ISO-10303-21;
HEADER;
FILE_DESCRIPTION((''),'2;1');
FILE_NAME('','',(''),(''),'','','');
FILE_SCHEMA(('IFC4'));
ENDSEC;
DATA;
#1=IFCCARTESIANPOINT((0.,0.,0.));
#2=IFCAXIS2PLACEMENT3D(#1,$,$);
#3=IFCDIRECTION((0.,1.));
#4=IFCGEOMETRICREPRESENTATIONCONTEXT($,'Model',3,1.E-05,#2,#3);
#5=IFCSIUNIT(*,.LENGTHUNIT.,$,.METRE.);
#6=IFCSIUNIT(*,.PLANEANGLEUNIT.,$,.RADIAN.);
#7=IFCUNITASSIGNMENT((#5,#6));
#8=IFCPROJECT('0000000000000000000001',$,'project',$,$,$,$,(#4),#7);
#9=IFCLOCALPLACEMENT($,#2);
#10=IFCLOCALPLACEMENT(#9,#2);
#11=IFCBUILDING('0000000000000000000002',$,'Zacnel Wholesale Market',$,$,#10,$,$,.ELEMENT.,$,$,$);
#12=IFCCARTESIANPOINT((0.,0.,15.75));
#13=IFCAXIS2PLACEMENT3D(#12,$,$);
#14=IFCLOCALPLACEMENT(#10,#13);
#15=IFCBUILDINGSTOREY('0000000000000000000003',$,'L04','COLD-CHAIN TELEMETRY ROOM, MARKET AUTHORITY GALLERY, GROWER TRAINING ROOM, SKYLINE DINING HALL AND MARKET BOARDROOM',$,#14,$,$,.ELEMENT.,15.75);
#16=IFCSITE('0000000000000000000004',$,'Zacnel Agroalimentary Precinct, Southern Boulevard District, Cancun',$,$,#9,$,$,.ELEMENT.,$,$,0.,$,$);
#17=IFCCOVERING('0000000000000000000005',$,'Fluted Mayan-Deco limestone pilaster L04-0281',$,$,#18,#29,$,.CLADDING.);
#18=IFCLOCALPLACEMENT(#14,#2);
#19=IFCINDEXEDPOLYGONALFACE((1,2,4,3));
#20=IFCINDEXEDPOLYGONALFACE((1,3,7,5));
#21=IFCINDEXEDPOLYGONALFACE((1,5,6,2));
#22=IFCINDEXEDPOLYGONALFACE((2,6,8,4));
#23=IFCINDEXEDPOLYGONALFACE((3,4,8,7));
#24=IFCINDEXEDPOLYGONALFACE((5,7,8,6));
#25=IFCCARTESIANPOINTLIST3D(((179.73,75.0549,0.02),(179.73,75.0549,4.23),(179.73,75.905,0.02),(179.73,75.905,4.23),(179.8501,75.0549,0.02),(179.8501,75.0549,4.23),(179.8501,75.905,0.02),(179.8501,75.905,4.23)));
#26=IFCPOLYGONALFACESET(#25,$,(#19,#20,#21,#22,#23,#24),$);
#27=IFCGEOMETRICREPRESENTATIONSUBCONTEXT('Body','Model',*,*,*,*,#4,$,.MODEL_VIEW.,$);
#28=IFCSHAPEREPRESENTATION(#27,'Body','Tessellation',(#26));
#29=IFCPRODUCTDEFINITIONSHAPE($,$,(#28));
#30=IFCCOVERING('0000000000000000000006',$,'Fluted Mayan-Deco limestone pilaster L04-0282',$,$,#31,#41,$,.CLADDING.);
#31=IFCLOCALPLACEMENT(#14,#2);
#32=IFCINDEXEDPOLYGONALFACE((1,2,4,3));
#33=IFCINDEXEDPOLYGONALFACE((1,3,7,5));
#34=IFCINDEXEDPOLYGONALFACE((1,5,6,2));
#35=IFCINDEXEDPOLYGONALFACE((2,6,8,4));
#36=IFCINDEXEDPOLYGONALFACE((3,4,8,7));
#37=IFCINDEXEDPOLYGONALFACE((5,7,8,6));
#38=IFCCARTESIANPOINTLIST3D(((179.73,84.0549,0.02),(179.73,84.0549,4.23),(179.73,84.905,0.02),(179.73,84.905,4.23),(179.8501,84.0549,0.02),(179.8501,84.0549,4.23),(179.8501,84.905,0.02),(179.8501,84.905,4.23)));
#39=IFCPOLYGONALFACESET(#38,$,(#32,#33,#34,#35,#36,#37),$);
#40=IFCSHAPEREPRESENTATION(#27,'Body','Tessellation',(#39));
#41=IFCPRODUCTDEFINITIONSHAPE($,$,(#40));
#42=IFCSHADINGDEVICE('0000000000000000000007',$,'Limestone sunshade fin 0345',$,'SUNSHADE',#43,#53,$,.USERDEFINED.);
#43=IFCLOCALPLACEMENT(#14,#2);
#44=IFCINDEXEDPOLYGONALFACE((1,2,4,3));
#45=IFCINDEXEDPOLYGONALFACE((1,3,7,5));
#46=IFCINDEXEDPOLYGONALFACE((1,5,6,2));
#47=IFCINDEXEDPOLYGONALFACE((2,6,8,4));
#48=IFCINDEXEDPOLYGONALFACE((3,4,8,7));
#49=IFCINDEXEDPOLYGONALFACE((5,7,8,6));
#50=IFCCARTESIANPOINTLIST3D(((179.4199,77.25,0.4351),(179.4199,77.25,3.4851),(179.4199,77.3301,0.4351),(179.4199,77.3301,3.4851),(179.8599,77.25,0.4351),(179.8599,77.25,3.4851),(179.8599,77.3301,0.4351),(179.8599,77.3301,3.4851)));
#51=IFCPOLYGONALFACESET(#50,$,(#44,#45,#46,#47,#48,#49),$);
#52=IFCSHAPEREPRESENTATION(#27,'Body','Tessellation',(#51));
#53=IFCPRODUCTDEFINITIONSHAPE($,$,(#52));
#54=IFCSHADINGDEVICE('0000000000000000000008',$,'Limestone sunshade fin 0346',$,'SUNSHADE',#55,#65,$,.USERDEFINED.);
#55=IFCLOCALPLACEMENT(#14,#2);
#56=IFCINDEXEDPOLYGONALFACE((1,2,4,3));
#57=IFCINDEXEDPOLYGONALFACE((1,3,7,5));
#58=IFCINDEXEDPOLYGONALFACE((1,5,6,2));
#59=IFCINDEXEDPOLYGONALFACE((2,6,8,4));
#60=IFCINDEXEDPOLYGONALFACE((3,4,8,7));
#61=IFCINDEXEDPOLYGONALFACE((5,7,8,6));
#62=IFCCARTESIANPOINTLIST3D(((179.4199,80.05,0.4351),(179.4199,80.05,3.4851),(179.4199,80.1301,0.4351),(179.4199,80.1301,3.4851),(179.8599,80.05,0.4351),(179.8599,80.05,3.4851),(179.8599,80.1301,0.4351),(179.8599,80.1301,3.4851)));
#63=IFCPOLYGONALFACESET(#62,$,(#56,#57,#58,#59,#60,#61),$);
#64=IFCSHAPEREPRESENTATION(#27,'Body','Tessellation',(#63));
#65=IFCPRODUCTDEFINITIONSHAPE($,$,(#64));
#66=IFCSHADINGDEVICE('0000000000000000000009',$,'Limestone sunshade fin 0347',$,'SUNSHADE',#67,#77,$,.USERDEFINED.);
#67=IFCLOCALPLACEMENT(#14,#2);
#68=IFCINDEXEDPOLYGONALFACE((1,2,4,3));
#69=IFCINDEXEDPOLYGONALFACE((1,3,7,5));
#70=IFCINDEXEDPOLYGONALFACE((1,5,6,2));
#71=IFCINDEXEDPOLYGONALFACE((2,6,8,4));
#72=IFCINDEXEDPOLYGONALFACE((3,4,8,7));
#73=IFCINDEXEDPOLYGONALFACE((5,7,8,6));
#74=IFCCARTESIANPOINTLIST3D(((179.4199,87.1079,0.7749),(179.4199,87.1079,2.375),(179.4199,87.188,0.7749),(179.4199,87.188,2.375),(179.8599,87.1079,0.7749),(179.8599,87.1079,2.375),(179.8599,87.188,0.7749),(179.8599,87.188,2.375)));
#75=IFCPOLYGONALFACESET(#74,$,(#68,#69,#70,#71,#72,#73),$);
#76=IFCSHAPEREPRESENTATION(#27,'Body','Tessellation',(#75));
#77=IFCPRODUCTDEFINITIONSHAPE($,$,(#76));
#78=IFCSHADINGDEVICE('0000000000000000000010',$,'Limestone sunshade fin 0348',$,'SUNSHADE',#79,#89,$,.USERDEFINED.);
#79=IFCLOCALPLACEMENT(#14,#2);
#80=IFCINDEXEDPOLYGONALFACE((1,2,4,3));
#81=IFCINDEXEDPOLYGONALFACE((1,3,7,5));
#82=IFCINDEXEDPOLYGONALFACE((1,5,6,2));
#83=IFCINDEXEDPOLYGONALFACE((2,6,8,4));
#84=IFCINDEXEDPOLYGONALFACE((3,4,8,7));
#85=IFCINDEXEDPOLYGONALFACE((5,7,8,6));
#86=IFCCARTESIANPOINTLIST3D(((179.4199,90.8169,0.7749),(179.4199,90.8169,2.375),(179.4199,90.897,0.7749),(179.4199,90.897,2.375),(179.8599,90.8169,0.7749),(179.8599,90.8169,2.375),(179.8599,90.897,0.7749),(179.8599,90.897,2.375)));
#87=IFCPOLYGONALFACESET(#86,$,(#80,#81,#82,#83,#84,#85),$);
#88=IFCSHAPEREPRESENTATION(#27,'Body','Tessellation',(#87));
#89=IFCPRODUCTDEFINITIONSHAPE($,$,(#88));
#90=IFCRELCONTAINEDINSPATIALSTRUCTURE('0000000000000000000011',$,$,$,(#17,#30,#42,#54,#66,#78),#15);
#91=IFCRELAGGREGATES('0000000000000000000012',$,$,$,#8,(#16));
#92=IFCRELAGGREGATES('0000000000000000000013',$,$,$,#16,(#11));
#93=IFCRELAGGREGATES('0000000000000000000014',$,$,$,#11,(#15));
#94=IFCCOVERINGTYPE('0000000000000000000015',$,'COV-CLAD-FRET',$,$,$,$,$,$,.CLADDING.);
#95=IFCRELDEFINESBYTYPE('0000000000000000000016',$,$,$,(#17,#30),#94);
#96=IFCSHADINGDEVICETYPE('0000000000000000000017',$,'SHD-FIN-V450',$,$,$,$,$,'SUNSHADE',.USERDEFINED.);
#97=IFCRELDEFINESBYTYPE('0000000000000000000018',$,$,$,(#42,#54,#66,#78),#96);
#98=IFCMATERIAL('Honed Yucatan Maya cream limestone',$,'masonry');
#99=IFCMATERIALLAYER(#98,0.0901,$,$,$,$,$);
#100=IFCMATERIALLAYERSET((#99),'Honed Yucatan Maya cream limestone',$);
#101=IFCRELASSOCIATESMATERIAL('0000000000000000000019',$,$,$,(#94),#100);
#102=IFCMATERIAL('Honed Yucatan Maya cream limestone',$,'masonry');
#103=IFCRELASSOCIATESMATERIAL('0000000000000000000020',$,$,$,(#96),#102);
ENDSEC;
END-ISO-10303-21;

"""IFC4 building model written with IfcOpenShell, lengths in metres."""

from ifc_helpers import new_model, si_unit, direction, frame, origin, origin_2d, place, context, subcontext, project, spatial, rectangle, extrude, material, layer, layer_set, type_object, element, save


model = new_model("IFC4")

# Units and contexts
model_context = context("Model", 3, precision=1e-05, world=origin(), true_north=direction((0.0, 1.0)))
body_context = subcontext(model_context, "Body", "Model", "MODEL_VIEW")
ifc_project = project(units=[si_unit("LENGTHUNIT", "METRE"), si_unit("PLANEANGLEUNIT", "RADIAN")], contexts=[model_context])

# Site, building, storey
site_placement = place(None, origin())
site = spatial("IfcSite", under=ifc_project, at=site_placement, Name="Zacnel Agroalimentary Precinct, Southern Boulevard District, Cancun", CompositionType="ELEMENT", RefElevation=0.0)
building_placement = place(site_placement, origin())
building = spatial("IfcBuilding", under=site, at=building_placement, Name="Zacnel Wholesale Market", CompositionType="ELEMENT")
storey_placement = place(building_placement, frame((0.0, 0.0, 15.75)))
storey = spatial("IfcBuildingStorey", under=building, at=storey_placement, Name="L04", Description="COLD-CHAIN TELEMETRY ROOM, MARKET AUTHORITY GALLERY, GROWER TRAINING ROOM, SKYLINE DINING HALL AND MARKET BOARDROOM", CompositionType="ELEMENT", Elevation=15.75)

# Coverings
ifc_material_1 = material(Name="Honed Yucatan Maya cream limestone", Category="masonry")
ifc_layer_1 = layer(ifc_material_1, 0.0901)
ifc_layer_set_1 = layer_set([ifc_layer_1], Name="Honed Yucatan Maya cream limestone")
covering_type = type_object("IfcCoveringType", Name="COV-CLAD-FRET", PredefinedType="CLADDING", material=ifc_layer_set_1)
for number, where, z_axis, x_axis, name in (
    (1, (179.79, 75.48, 0.02), (0.0, 0.0, 1.0), (0.0, 1.0, 0.0), "Fluted Mayan-Deco limestone pilaster L04-0281"),
    (2, (179.79, 84.48, 0.02), (0.0, 0.0, 1.0), (0.0, 1.0, 0.0), "Fluted Mayan-Deco limestone pilaster L04-0282"),
):
    element("IfcCovering", number, at=place(storey_placement, frame(where, z_axis=z_axis, x_axis=x_axis)), inside=storey, type_object=covering_type, Name=name, PredefinedType="CLADDING", context=body_context, shape_type="SweptSolid", body=[
        extrude(rectangle(XDim=0.8501, YDim=0.1201, at=origin_2d()), origin(), (0.0, 0.0, 1.0), 4.21),
    ])

# Shading devices
ifc_material_2 = material(Name="Honed Yucatan Maya cream limestone", Category="masonry")
shading_device_type = type_object("IfcShadingDeviceType", Name="SHD-FIN-V450", ElementType="SUNSHADE", PredefinedType="USERDEFINED", material=ifc_material_2)
for number, where, z_axis, x_axis, name in (
    (3, (179.6399, 77.29, 0.4351), (0.0, 0.0, 1.0), (0.0, 1.0, 0.0), "Limestone sunshade fin 0345"),
    (4, (179.6399, 80.0901, 0.4351), (0.0, 0.0, 1.0), (0.0, 1.0, 0.0), "Limestone sunshade fin 0346"),
):
    element("IfcShadingDevice", number, at=place(storey_placement, frame(where, z_axis=z_axis, x_axis=x_axis)), inside=storey, type_object=shading_device_type, Name=name, ObjectType="SUNSHADE", PredefinedType="USERDEFINED", context=body_context, shape_type="SweptSolid", body=[
        extrude(rectangle(XDim=0.0801, YDim=0.4399, at=origin_2d()), origin(), (0.0, 0.0, 1.0), 3.05),
    ])
for number, where, z_axis, x_axis, name in (
    (5, (179.6399, 87.1479, 0.7749), (0.0, 0.0, 1.0), (0.0, 1.0, 0.0), "Limestone sunshade fin 0347"),
    (6, (179.6399, 90.8569, 0.7749), (0.0, 0.0, 1.0), (0.0, 1.0, 0.0), "Limestone sunshade fin 0348"),
):
    element("IfcShadingDevice", number, at=place(storey_placement, frame(where, z_axis=z_axis, x_axis=x_axis)), inside=storey, type_object=shading_device_type, Name=name, ObjectType="SUNSHADE", PredefinedType="USERDEFINED", context=body_context, shape_type="SweptSolid", body=[
        extrude(rectangle(XDim=0.0801, YDim=0.4399, at=origin_2d()), origin(), (0.0, 0.0, 1.0), 1.6001),
    ])

save(model, "model.ifc")
